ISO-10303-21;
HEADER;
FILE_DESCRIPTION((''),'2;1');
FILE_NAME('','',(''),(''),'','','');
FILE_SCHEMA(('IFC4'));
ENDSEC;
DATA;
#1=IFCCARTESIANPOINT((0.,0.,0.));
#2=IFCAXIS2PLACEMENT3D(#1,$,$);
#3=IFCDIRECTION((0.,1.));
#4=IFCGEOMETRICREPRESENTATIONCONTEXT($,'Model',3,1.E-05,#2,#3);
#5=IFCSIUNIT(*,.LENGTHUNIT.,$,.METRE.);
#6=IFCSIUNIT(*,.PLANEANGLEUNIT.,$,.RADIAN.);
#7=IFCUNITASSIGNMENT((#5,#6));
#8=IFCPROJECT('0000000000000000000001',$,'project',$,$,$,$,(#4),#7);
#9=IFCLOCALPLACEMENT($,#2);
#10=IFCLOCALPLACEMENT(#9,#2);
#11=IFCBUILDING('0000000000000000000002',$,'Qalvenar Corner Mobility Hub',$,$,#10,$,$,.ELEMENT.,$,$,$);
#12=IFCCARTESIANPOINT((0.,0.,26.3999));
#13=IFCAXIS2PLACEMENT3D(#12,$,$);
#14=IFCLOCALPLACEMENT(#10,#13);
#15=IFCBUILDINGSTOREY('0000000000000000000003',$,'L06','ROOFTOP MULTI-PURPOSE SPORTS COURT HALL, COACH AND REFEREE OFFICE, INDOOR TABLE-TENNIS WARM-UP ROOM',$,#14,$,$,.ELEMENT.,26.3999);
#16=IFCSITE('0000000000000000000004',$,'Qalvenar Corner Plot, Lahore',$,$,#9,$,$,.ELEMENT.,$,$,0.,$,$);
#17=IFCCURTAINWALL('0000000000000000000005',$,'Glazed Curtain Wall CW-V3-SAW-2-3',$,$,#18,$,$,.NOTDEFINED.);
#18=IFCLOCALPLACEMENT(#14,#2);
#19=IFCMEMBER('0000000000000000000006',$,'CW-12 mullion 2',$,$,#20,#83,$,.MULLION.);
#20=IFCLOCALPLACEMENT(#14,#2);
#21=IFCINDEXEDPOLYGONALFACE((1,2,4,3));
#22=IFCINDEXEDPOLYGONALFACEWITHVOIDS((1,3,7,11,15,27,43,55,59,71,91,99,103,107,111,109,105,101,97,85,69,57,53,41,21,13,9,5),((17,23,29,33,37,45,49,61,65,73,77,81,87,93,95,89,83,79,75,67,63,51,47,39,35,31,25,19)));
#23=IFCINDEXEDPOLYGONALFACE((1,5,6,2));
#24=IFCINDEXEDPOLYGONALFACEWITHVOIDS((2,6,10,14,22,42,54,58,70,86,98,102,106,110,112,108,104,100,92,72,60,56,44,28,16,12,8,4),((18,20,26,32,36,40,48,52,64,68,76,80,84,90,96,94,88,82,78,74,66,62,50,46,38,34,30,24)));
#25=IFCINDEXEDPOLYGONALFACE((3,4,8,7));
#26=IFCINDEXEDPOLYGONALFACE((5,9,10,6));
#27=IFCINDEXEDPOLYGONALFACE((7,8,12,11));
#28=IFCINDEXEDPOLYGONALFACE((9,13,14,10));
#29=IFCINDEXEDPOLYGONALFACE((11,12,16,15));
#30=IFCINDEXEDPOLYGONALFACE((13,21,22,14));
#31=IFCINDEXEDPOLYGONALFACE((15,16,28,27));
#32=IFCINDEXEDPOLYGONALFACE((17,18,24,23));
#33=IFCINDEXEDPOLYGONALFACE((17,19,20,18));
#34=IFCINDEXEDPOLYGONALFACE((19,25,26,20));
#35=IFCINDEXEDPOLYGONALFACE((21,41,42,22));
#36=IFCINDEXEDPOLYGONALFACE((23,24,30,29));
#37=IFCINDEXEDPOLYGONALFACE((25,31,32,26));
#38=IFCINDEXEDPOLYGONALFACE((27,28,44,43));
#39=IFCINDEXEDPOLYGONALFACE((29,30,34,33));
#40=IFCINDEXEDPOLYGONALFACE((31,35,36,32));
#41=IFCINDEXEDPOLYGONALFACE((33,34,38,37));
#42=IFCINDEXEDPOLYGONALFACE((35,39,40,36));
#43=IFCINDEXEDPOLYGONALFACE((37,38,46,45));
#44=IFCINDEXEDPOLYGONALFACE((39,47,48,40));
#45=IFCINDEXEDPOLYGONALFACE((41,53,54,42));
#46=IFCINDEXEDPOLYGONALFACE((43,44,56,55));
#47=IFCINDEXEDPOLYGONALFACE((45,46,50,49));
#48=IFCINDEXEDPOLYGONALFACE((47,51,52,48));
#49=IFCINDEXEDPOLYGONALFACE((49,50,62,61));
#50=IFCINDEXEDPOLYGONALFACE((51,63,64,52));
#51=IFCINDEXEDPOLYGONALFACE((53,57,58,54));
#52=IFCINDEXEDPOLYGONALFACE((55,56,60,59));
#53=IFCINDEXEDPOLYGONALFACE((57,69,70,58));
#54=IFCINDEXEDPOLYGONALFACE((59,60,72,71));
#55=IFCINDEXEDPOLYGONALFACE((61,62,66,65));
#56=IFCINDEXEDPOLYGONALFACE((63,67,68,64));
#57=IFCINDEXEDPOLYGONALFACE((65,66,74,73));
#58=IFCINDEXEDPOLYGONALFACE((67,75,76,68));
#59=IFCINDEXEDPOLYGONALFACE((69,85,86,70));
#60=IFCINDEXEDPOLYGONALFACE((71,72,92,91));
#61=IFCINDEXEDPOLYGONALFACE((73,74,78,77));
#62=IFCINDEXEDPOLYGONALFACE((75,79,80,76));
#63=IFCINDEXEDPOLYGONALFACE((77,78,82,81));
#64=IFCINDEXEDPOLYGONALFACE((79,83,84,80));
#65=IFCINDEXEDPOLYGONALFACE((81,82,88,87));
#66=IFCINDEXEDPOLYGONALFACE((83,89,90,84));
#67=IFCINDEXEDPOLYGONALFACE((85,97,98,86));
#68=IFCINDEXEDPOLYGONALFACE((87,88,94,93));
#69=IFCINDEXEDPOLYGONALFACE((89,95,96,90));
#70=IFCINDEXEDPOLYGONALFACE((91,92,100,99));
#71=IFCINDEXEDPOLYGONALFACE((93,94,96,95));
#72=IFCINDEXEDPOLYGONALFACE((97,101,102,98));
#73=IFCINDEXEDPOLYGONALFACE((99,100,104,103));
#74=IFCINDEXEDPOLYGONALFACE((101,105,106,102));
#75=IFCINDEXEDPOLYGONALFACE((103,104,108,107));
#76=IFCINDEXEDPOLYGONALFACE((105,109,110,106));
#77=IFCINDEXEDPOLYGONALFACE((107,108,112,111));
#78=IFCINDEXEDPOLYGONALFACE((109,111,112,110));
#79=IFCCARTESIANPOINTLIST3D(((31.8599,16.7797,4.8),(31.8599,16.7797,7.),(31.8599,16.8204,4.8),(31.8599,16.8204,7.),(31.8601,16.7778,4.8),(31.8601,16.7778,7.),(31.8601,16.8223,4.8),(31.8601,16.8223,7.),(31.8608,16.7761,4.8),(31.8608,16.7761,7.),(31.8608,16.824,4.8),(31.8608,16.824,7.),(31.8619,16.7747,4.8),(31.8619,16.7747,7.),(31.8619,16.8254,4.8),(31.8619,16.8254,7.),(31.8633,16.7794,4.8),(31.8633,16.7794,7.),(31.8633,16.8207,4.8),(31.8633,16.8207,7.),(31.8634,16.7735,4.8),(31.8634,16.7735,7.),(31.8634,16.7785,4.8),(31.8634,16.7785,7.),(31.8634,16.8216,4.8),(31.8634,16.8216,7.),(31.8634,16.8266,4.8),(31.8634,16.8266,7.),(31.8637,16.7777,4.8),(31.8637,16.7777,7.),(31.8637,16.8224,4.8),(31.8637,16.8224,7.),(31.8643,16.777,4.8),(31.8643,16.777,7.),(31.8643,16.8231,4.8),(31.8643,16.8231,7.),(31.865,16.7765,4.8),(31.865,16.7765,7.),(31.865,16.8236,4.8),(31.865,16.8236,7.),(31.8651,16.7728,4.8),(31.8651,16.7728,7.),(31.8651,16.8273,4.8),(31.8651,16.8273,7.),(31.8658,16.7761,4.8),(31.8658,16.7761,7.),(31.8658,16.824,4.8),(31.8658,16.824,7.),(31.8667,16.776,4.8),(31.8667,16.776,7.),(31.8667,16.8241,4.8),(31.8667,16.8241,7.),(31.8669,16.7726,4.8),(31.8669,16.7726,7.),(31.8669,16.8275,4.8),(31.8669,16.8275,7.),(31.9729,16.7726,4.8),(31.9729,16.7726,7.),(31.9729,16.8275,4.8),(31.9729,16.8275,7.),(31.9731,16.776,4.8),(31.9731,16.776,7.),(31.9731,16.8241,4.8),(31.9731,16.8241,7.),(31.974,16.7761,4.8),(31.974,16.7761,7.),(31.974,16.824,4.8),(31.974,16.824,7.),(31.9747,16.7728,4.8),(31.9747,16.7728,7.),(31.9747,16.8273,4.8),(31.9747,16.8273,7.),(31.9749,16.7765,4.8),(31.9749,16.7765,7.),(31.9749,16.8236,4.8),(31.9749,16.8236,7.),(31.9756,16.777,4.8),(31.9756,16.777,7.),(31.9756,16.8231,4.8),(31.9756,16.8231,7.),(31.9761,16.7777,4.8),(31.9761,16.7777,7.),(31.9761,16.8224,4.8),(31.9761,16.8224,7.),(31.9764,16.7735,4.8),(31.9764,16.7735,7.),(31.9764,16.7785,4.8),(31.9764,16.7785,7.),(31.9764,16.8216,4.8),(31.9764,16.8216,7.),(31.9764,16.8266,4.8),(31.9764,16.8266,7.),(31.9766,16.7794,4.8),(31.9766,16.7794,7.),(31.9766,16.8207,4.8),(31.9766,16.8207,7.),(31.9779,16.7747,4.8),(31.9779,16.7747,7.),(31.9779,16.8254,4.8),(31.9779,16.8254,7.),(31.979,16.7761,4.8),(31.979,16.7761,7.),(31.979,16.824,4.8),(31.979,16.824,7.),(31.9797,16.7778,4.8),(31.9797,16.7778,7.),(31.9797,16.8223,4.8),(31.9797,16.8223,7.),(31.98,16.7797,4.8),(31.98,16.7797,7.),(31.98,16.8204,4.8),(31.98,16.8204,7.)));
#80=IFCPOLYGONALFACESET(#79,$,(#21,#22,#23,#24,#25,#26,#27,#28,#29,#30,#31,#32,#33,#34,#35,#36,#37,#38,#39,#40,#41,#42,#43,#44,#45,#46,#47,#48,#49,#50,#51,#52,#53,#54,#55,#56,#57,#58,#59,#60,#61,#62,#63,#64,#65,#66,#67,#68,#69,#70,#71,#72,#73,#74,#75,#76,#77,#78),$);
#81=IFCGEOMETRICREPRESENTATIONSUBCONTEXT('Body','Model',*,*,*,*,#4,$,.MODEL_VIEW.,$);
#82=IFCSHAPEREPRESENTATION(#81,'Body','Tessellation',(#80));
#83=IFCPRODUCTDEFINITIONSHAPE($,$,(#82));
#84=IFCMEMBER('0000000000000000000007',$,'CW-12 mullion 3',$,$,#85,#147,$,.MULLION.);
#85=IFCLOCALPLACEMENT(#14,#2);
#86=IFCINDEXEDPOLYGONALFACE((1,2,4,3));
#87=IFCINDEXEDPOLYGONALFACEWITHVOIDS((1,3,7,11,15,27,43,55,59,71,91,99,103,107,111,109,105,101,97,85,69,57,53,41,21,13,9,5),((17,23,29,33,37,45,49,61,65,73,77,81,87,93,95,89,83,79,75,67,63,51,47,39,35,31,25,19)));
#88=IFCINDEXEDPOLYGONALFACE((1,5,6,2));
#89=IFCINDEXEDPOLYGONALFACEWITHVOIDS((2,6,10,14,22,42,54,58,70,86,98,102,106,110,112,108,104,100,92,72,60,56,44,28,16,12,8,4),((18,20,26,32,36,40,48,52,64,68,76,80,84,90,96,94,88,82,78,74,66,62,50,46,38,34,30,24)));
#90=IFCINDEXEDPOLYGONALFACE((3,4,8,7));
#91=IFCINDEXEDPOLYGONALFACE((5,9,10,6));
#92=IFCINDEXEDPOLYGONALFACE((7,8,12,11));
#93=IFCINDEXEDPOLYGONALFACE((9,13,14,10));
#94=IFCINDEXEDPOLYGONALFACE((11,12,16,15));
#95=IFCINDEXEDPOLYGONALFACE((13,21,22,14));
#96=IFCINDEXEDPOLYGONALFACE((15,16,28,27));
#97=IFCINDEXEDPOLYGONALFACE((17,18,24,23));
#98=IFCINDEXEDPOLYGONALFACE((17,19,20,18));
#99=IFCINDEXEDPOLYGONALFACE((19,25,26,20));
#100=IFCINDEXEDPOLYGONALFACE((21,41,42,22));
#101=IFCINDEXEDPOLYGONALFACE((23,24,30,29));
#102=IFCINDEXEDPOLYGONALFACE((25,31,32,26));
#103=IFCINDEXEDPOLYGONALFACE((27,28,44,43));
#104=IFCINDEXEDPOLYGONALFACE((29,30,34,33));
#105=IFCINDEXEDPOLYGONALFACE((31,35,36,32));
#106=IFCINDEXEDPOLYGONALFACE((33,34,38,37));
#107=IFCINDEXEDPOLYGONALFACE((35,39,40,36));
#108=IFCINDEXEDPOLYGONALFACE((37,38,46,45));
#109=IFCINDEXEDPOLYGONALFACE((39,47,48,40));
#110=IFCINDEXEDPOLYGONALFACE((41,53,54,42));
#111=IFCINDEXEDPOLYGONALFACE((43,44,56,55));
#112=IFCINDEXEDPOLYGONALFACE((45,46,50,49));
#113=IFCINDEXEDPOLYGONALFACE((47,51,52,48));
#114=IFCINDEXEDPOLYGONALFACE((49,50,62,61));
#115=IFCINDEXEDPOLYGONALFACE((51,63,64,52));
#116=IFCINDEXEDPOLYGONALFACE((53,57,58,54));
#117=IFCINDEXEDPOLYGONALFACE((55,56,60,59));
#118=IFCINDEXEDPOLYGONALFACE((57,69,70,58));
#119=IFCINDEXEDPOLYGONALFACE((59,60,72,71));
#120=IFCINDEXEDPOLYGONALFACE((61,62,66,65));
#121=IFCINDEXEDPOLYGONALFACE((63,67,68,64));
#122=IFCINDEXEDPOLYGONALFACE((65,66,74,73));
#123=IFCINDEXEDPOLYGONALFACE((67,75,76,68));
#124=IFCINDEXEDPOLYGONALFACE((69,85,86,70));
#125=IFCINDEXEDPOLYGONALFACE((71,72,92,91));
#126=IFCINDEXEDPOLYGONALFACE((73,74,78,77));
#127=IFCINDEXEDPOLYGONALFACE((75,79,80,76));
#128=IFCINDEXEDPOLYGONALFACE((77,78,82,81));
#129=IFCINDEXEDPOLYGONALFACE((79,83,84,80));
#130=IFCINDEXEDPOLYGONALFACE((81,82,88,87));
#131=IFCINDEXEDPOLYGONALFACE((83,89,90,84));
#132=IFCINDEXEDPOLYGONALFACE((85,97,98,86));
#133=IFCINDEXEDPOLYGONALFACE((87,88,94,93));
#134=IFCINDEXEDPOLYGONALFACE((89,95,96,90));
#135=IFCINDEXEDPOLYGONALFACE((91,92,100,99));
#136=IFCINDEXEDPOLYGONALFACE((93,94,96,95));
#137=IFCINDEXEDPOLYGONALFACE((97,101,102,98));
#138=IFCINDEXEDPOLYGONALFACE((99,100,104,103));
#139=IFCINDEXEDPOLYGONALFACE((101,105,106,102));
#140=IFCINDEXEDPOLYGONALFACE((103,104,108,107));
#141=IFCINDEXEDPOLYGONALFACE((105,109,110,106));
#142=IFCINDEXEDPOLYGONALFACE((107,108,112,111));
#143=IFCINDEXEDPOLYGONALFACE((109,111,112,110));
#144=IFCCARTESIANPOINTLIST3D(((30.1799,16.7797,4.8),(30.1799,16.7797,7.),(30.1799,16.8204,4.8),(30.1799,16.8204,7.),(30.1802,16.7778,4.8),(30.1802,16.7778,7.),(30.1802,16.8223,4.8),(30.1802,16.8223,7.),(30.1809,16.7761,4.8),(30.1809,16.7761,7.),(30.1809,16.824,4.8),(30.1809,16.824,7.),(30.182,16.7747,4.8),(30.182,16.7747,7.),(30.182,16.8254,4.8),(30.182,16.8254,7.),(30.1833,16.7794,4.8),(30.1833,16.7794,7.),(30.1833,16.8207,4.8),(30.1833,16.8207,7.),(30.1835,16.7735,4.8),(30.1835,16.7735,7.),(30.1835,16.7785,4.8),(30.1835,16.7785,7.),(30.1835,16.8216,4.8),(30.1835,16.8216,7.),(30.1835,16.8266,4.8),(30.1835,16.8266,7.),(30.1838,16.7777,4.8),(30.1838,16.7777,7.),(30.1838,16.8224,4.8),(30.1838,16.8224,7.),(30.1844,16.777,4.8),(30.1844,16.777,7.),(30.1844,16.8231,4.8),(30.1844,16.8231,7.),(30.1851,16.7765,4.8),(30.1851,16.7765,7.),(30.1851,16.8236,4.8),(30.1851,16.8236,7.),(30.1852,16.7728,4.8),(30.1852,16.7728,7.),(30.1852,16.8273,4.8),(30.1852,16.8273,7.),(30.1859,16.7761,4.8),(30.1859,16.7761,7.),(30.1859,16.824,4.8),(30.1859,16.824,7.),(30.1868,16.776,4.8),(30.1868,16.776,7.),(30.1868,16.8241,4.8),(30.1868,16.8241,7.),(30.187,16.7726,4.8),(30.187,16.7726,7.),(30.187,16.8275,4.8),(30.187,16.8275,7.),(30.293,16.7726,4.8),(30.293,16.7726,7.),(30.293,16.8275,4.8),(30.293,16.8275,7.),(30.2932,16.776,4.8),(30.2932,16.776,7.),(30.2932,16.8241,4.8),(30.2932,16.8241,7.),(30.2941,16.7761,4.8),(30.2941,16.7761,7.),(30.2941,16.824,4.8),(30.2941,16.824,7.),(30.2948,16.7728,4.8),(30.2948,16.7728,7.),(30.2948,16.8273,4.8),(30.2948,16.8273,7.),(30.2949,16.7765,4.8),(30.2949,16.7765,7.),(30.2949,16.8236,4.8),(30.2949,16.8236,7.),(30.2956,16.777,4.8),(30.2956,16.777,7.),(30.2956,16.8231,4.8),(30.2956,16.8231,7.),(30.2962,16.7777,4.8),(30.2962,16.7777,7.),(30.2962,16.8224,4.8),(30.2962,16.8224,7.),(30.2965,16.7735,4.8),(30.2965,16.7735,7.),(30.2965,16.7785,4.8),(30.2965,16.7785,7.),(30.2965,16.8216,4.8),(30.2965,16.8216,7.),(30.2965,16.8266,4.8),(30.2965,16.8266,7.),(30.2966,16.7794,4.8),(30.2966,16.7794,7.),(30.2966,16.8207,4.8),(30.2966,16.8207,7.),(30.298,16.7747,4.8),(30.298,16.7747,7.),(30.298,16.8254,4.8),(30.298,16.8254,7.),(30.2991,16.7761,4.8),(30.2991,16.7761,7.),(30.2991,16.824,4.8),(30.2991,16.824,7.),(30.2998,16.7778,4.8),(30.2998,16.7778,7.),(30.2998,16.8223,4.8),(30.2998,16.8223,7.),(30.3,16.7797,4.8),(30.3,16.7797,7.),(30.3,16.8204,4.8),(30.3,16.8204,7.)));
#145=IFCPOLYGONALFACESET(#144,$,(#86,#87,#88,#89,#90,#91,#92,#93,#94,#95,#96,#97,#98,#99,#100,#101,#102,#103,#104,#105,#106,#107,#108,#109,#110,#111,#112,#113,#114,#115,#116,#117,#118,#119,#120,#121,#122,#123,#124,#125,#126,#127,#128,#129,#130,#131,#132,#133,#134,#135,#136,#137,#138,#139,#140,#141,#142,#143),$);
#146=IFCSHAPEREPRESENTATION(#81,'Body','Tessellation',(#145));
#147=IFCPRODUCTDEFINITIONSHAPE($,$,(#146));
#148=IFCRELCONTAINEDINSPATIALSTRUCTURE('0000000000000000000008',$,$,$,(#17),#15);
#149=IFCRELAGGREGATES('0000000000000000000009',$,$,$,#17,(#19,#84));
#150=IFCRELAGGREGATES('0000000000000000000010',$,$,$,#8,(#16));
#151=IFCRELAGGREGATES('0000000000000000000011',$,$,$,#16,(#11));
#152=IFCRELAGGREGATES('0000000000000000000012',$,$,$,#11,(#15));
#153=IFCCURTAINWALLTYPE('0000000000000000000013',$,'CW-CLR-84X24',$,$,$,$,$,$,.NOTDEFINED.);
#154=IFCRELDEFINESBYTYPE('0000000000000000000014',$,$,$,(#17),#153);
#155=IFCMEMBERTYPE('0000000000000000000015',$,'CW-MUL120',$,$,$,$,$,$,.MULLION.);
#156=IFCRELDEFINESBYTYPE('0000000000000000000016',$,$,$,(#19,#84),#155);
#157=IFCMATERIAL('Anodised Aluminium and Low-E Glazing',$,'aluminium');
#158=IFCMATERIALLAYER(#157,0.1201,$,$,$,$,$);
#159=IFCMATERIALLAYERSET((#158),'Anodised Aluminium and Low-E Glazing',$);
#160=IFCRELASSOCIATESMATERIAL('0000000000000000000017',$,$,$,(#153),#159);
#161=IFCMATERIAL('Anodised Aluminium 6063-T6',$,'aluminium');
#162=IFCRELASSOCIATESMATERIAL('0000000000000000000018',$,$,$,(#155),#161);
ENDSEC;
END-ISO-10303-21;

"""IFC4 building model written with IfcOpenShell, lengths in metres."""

from ifc_helpers import new_model, si_unit, direction, frame, origin, origin_2d, place, context, subcontext, project, spatial, hollow_rectangle, extrude, material, layer, layer_set, material_profile, profile_set, type_object, element, aggregate, save


model = new_model("IFC4")

# Units and contexts
model_context = context("Model", 3, precision=1e-05, world=origin(), true_north=direction((0.0, 1.0)))
body_context = subcontext(model_context, "Body", "Model", "MODEL_VIEW")
ifc_project = project(units=[si_unit("LENGTHUNIT", "METRE"), si_unit("PLANEANGLEUNIT", "RADIAN")], contexts=[model_context])

# Site, building, storey
site_placement = place(None, origin())
site = spatial("IfcSite", under=ifc_project, at=site_placement, Name="Qalvenar Corner Plot, Lahore", CompositionType="ELEMENT", RefElevation=0.0)
building_placement = place(site_placement, origin())
building = spatial("IfcBuilding", under=site, at=building_placement, Name="Qalvenar Corner Mobility Hub", CompositionType="ELEMENT")
storey_placement = place(building_placement, frame((0.0, 0.0, 26.3999)))
storey = spatial("IfcBuildingStorey", under=building, at=storey_placement, Name="L06", Description="ROOFTOP MULTI-PURPOSE SPORTS COURT HALL, COACH AND REFEREE OFFICE, INDOOR TABLE-TENNIS WARM-UP ROOM", CompositionType="ELEMENT", Elevation=26.3999)

# Shared definitions
ifc_material_1 = material(Name="Anodised Aluminium and Low-E Glazing", Category="aluminium")
ifc_layer_1 = layer(ifc_material_1, 0.1201)
ifc_layer_set_1 = layer_set([ifc_layer_1], Name="Anodised Aluminium and Low-E Glazing")
curtain_wall_type = type_object("IfcCurtainWallType", Name="CW-CLR-84X24", PredefinedType="NOTDEFINED", material=ifc_layer_set_1)
ifc_material_2 = material(Name="Anodised Aluminium 6063-T6", Category="aluminium")
ifc_material_profile_1 = material_profile(ifc_material_2, hollow_rectangle(XDim=0.0549, YDim=0.1201, WallThickness=0.0034, InnerFilletRadius=0.0034, OuterFilletRadius=0.0071, at=origin_2d()), Name="RHS120x55x3.5")
ifc_profile_set_1 = profile_set([ifc_material_profile_1], Name="Anodised Aluminium 6063-T6")
member_type_1 = type_object("IfcMemberType", Name="CW-MUL120", PredefinedType="MULLION", material=ifc_profile_set_1)

# Curtain wall, members
curtain_wall_1_placement = place(storey_placement, origin())
curtain_wall_1 = element("IfcCurtainWall", 1, at=curtain_wall_1_placement, inside=storey, type_object=curtain_wall_type, Name="Glazed Curtain Wall CW-V3-SAW-2-3", PredefinedType="NOTDEFINED")
member_1_placement = place(storey_placement, frame((31.9199, 16.8, 4.8), z_axis=(0.0, 0.0, 1.0), x_axis=(0.0, -1.0, 0.0)))
member_1 = element("IfcMember", 2, at=member_1_placement, type_object=member_type_1, Name="CW-12 mullion 2", PredefinedType="MULLION", context=body_context, shape_type="SweptSolid", body=[
    extrude(hollow_rectangle(XDim=0.0549, YDim=0.1201, WallThickness=0.0034, InnerFilletRadius=0.0034, OuterFilletRadius=0.0071, at=origin_2d()), origin(), (0.0, 0.0, 1.0), 2.2),
])
member_2_placement = place(storey_placement, frame((30.24, 16.8, 4.8), z_axis=(0.0, 0.0, 1.0), x_axis=(0.0, -1.0, 0.0)))
member_2 = element("IfcMember", 3, at=member_2_placement, type_object=member_type_1, Name="CW-12 mullion 3", PredefinedType="MULLION", context=body_context, shape_type="SweptSolid", body=[
    extrude(hollow_rectangle(XDim=0.0549, YDim=0.1201, WallThickness=0.0034, InnerFilletRadius=0.0034, OuterFilletRadius=0.0071, at=origin_2d()), origin(), (0.0, 0.0, 1.0), 2.2),
])

aggregate(curtain_wall_1, [member_1, member_2])

save(model, "model.ifc")
